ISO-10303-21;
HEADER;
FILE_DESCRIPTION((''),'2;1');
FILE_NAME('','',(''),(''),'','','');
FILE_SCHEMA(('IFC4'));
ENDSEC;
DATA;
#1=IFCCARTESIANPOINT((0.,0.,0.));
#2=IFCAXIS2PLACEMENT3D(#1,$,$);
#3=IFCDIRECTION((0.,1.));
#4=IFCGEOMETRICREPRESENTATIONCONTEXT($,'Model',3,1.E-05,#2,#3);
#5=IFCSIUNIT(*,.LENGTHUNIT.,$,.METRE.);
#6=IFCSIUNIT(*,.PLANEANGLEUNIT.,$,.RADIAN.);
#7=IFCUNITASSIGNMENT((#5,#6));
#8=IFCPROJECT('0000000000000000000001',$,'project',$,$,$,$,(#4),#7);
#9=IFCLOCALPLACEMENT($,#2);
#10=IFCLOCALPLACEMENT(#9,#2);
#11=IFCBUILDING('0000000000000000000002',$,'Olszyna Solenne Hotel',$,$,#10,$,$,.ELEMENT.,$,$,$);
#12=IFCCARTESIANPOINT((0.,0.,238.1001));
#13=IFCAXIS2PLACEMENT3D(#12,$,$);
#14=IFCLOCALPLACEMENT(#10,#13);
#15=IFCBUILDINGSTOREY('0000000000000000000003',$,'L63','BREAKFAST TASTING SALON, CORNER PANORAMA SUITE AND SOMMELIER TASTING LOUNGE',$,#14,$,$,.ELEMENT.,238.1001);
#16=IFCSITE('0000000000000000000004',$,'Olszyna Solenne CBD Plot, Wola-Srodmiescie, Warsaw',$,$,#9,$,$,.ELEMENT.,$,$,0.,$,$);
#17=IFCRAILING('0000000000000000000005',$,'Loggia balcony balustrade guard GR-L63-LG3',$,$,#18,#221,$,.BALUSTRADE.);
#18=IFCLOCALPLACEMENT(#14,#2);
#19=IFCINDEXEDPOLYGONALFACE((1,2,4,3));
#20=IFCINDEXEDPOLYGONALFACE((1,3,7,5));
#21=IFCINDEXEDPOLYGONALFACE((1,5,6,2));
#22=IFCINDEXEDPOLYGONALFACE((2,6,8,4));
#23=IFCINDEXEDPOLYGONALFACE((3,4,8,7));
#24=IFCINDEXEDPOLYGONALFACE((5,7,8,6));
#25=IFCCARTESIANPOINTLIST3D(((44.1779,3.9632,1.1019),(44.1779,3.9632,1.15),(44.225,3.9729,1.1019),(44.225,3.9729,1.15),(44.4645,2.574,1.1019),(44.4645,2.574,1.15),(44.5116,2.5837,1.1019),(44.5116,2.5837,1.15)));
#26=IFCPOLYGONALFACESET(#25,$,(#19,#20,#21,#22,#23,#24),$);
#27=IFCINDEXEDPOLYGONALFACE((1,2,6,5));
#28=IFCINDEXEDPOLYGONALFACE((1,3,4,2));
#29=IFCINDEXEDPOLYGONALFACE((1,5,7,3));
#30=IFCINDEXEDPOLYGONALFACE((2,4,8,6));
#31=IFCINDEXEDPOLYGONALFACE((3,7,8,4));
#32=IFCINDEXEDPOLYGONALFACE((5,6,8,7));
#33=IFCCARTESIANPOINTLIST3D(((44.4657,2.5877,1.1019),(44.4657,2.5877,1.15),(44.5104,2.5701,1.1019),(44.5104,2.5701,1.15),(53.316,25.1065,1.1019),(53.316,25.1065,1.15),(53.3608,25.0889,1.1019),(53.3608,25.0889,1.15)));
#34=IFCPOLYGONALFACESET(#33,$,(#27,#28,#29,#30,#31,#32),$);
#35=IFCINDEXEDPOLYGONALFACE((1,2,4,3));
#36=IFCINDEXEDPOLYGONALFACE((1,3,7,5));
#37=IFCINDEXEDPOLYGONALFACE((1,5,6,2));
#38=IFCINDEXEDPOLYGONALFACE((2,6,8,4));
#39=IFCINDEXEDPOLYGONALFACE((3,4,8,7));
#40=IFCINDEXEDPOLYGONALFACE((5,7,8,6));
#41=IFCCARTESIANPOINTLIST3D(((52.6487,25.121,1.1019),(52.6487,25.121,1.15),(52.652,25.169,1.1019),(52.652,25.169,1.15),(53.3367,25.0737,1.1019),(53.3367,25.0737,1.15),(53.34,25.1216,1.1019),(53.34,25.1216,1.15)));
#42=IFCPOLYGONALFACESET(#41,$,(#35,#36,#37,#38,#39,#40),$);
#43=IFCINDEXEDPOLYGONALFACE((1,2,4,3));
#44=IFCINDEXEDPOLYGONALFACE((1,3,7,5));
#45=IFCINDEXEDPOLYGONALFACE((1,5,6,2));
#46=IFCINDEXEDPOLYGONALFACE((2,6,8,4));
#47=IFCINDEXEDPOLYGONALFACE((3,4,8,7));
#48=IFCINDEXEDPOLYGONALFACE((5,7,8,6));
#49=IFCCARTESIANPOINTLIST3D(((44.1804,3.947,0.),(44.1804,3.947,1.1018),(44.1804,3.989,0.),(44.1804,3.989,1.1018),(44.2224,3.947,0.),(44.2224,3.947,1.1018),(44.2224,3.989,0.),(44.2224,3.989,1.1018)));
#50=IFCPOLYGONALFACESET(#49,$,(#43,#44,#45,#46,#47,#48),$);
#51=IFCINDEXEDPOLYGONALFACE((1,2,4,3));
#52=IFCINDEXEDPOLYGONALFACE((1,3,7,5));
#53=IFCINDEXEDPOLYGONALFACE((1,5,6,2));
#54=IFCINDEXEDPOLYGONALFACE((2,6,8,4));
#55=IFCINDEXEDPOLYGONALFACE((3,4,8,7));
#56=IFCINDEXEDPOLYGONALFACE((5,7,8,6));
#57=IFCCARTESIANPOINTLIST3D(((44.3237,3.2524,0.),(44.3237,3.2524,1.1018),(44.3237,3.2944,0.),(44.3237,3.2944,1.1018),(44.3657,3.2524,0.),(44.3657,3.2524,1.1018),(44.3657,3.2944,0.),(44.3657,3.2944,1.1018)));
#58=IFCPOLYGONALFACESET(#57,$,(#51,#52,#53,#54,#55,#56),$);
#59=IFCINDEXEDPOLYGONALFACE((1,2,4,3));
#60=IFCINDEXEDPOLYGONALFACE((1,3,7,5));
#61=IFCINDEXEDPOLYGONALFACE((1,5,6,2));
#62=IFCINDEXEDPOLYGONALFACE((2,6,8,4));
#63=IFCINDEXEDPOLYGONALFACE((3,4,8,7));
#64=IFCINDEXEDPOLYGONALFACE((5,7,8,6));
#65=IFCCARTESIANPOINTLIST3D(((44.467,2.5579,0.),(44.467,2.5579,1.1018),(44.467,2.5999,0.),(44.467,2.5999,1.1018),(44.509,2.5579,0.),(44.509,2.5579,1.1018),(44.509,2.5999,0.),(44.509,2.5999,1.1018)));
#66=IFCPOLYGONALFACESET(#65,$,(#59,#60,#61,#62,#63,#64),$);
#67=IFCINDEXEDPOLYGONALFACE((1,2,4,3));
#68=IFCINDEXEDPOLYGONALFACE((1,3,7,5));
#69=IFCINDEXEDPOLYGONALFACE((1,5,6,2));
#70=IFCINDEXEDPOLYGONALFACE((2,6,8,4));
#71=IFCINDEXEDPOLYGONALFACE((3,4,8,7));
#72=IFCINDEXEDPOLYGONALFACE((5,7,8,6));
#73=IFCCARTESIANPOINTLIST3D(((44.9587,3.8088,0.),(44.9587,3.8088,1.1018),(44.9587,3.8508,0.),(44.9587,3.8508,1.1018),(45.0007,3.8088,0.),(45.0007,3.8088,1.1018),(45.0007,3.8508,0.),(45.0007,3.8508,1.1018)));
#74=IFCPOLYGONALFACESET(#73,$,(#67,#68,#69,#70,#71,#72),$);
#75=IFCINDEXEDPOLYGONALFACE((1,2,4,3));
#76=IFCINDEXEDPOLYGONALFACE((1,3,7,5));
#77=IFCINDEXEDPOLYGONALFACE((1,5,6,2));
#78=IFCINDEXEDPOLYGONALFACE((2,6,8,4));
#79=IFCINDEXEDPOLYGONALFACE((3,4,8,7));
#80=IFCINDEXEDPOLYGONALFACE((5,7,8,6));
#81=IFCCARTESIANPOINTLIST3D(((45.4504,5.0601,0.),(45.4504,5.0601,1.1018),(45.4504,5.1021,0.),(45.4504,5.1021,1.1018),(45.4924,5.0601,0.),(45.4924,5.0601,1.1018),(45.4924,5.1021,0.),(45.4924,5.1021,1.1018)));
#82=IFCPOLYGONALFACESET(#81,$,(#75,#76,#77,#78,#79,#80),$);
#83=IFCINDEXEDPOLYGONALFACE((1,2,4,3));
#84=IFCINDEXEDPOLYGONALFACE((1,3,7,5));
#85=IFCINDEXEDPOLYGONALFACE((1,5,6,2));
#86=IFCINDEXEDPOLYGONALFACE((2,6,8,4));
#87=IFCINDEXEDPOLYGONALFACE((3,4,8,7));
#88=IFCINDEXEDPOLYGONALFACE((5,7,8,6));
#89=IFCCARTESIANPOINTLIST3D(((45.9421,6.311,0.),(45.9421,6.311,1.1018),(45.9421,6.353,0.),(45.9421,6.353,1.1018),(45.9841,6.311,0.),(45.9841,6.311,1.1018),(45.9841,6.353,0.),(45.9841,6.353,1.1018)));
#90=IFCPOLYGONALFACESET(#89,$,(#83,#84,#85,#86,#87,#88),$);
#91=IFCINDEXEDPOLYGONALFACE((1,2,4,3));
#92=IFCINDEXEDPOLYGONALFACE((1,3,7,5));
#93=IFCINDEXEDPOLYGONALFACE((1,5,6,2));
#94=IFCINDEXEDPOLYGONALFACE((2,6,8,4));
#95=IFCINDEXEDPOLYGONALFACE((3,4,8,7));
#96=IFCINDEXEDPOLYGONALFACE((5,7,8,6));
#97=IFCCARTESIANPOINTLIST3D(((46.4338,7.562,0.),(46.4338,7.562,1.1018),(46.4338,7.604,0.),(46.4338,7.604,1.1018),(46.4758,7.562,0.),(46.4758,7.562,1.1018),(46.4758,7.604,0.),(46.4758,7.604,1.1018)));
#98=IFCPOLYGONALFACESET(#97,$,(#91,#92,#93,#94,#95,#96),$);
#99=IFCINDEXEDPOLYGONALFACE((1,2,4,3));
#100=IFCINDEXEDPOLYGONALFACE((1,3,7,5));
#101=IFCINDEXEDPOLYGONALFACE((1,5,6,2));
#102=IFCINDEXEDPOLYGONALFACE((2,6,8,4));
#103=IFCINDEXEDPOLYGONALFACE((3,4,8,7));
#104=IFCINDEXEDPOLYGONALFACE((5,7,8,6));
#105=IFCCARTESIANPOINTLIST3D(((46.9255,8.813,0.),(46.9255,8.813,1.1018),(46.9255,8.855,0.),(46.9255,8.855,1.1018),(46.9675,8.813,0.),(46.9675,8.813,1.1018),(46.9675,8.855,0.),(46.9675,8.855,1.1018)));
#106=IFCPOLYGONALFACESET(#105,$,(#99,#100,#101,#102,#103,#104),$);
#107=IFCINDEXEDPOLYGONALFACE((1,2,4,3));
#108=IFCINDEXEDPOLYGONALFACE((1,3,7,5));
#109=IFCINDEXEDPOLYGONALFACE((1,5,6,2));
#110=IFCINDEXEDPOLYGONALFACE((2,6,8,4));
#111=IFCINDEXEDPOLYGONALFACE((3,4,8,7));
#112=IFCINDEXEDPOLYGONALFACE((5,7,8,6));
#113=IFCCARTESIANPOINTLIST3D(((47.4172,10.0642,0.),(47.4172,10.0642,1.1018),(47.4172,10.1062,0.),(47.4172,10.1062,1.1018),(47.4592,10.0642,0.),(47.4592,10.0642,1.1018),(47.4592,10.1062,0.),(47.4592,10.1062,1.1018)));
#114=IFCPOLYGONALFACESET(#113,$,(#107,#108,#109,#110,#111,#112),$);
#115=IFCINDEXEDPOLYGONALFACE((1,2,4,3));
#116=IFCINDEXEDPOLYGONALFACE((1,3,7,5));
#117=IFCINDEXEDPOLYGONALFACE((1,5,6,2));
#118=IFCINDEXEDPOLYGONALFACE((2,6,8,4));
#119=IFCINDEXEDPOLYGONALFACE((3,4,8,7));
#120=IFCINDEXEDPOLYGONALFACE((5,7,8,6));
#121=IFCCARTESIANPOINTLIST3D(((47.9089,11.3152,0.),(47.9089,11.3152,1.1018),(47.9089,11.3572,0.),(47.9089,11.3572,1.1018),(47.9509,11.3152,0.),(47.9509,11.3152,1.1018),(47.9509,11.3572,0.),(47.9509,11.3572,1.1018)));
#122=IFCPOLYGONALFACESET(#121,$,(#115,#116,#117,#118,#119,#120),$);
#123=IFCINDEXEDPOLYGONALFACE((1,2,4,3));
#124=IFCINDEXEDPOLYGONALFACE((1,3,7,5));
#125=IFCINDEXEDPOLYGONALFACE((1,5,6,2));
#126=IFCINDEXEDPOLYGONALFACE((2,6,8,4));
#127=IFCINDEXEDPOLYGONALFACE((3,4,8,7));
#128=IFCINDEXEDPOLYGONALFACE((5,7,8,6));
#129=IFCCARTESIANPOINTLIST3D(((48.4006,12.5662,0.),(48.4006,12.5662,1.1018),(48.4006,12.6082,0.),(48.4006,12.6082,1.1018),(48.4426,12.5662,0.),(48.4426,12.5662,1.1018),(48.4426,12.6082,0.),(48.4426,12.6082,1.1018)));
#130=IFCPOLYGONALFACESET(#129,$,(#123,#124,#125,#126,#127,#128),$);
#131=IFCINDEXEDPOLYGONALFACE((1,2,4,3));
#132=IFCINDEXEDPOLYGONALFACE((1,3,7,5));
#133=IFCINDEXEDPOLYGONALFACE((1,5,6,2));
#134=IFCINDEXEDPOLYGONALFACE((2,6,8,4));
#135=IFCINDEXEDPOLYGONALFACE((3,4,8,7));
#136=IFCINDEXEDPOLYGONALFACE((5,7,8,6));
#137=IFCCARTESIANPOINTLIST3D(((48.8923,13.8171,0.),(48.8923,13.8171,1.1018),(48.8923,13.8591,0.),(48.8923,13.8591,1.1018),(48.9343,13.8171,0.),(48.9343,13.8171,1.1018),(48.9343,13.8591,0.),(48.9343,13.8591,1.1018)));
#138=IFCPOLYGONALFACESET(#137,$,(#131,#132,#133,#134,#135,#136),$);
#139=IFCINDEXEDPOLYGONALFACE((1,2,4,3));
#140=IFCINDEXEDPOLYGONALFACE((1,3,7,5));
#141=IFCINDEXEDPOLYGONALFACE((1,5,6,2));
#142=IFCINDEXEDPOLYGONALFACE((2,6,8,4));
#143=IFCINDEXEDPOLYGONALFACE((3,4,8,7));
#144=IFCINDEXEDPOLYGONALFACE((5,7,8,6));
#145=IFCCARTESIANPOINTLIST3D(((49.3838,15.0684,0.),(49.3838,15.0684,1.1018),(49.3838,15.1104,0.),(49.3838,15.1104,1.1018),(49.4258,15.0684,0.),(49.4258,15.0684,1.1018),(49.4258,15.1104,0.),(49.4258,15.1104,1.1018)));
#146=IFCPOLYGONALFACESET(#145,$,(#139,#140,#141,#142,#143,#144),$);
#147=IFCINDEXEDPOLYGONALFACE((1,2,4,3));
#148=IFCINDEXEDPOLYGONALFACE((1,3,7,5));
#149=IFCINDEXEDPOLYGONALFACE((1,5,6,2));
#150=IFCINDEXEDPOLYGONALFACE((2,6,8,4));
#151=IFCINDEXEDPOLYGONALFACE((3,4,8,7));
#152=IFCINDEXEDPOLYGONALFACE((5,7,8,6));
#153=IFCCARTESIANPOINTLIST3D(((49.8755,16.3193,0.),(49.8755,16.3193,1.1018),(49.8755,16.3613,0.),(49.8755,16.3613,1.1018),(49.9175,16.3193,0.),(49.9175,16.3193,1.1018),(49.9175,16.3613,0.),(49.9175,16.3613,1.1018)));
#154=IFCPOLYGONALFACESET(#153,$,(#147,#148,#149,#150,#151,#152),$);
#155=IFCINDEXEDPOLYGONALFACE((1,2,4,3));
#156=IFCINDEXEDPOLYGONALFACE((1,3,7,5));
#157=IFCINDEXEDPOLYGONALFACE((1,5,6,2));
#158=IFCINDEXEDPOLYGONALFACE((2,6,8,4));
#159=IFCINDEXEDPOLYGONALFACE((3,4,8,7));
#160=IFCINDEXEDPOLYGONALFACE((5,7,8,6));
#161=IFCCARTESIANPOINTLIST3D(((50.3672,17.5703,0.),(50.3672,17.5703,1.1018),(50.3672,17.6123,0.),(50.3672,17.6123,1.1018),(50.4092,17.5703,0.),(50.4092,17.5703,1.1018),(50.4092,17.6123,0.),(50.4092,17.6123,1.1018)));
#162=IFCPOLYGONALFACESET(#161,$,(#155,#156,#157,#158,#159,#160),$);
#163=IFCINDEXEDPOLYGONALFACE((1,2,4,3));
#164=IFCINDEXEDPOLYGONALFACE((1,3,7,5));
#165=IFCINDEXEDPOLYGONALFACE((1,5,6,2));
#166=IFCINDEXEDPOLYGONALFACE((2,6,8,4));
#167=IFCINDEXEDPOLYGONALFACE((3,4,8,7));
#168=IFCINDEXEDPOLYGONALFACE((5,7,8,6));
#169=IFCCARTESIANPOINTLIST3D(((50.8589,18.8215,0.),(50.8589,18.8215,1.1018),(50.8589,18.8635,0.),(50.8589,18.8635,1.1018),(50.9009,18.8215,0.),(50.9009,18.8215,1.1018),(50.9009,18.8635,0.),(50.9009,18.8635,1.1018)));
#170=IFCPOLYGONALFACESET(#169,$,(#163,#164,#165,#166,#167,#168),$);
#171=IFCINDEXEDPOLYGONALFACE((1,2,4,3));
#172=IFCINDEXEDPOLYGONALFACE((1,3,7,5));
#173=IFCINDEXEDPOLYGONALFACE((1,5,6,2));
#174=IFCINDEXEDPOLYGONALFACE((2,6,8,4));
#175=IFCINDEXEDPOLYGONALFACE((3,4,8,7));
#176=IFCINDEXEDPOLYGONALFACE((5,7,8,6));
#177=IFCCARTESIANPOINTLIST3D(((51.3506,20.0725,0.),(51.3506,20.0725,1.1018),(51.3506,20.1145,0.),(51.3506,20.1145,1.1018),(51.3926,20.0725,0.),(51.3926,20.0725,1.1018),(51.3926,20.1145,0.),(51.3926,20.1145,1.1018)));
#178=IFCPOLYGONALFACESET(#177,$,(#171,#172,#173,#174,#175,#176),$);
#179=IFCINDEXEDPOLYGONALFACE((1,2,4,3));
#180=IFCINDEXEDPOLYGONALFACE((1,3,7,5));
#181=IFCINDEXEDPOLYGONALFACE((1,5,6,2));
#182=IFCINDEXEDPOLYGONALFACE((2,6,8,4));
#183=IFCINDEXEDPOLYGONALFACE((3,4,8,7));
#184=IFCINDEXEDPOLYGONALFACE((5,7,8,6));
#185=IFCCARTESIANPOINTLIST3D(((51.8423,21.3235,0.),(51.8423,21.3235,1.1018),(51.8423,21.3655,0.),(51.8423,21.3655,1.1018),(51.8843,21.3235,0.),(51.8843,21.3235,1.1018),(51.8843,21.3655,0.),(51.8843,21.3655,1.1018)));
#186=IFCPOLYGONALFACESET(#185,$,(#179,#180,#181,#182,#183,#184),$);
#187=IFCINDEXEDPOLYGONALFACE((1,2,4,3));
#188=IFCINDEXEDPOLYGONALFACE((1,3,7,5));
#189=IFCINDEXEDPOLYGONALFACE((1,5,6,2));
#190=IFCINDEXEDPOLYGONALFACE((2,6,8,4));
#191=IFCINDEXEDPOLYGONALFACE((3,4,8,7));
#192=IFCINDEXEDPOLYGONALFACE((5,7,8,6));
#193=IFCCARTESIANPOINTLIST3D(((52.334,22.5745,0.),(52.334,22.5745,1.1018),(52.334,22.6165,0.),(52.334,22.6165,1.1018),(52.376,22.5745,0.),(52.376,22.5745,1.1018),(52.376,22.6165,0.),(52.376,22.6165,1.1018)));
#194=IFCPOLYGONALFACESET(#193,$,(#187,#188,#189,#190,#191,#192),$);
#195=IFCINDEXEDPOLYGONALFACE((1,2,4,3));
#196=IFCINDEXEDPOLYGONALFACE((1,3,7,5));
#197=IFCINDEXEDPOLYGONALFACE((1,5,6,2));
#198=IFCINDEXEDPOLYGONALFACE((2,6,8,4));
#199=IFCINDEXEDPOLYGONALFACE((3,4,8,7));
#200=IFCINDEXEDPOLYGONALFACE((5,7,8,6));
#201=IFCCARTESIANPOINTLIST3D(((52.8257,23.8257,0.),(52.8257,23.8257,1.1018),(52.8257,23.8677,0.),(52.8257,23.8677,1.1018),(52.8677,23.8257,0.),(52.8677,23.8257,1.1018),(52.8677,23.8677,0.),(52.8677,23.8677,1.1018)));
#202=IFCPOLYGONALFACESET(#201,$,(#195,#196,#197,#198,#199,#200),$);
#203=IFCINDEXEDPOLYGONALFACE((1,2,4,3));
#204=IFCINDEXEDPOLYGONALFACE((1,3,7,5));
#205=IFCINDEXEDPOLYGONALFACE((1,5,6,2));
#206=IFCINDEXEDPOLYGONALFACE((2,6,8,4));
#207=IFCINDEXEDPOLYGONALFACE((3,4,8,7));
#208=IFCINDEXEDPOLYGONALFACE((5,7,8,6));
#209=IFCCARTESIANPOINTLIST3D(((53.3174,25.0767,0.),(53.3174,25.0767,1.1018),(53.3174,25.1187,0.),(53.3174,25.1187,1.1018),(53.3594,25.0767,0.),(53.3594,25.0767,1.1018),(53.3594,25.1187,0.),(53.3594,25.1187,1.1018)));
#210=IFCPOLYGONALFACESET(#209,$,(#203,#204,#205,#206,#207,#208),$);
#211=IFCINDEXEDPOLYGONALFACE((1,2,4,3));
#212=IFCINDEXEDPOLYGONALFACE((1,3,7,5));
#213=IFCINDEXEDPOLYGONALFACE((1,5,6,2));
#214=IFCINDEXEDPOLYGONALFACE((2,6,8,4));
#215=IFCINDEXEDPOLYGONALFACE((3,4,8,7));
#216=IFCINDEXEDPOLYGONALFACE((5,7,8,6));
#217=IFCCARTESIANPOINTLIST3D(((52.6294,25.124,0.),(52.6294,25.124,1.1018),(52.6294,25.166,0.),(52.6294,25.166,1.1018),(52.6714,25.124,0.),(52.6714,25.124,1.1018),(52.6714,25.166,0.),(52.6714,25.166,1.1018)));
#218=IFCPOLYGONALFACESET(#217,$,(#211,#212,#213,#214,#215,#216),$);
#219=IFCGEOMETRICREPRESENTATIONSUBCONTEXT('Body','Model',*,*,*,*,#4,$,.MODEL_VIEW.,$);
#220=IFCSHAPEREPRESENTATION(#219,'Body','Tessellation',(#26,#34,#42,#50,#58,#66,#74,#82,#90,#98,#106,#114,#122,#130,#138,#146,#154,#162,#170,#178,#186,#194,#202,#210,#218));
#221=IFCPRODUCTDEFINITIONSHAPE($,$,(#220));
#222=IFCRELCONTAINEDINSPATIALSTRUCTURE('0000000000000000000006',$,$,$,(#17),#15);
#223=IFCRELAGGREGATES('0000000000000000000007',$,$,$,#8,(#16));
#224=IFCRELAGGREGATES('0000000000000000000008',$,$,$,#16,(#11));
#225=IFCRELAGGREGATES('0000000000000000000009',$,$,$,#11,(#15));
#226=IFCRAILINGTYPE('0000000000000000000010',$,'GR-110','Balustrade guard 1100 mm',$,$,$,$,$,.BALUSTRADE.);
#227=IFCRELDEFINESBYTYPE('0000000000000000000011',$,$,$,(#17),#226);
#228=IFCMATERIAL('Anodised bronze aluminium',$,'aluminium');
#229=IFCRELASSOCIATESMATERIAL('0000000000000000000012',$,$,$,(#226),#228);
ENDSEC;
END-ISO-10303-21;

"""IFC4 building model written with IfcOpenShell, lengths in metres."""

from ifc_helpers import new_model, si_unit, direction, frame, origin, origin_2d, place, context, subcontext, project, spatial, rectangle, extrude, material, type_object, element, save


model = new_model("IFC4")

# Units and contexts
model_context = context("Model", 3, precision=1e-05, world=origin(), true_north=direction((0.0, 1.0)))
body_context = subcontext(model_context, "Body", "Model", "MODEL_VIEW")
ifc_project = project(units=[si_unit("LENGTHUNIT", "METRE"), si_unit("PLANEANGLEUNIT", "RADIAN")], contexts=[model_context])

# Site, building, storey
site_placement = place(None, origin())
site = spatial("IfcSite", under=ifc_project, at=site_placement, Name="Olszyna Solenne CBD Plot, Wola-Srodmiescie, Warsaw", CompositionType="ELEMENT", RefElevation=0.0)
building_placement = place(site_placement, origin())
building = spatial("IfcBuilding", under=site, at=building_placement, Name="Olszyna Solenne Hotel", CompositionType="ELEMENT")
storey_placement = place(building_placement, frame((0.0, 0.0, 238.1001)))
storey = spatial("IfcBuildingStorey", under=building, at=storey_placement, Name="L63", Description="BREAKFAST TASTING SALON, CORNER PANORAMA SUITE AND SOMMELIER TASTING LOUNGE", CompositionType="ELEMENT", Elevation=238.1001)

# Shared definitions
ifc_material_1 = material(Name="Anodised bronze aluminium", Category="aluminium")

# Railing
railing_type = type_object("IfcRailingType", Name="GR-110", Description="Balustrade guard 1100 mm", PredefinedType="BALUSTRADE", material=ifc_material_1)
railing_placement = place(storey_placement, frame((44.2014, 3.968, 0.0)))
element("IfcRailing", 1, at=railing_placement, inside=storey, type_object=railing_type, Name="Loggia balcony balustrade guard GR-L63-LG3", PredefinedType="BALUSTRADE", context=body_context, shape_type="SweptSolid", body=[
    extrude(rectangle(XDim=0.0481, YDim=0.0481, at=origin_2d()), frame((0.0, 0.0, 1.126), z_axis=(0.202071, -0.979371, 0.0), x_axis=(0.979371, 0.202071, 0.0)), (0.0, 0.0, 1.0), 1.4185),
    extrude(rectangle(XDim=0.0481, YDim=0.0481, at=origin_2d()), frame((0.2866, -1.3892, 1.126), z_axis=(0.365784, 0.9307, 0.0), x_axis=(-0.9307, 0.365784, 0.0)), (0.0, 0.0, 1.0), 24.1956),
    extrude(rectangle(XDim=0.0481, YDim=0.0481, at=origin_2d()), frame((9.137, 21.1296, 1.126), z_axis=(-0.997639, 0.068681, 0.0), x_axis=(-0.068681, -0.997639, 0.0)), (0.0, 0.0, 1.0), 0.6897),
    extrude(rectangle(XDim=0.042, YDim=0.042, at=origin_2d()), origin(), (0.0, 0.0, 1.0), 1.1018),
    extrude(rectangle(XDim=0.042, YDim=0.042, at=origin_2d()), frame((0.1433, -0.6946, 0.0)), (0.0, 0.0, 1.0), 1.1018),
    extrude(rectangle(XDim=0.042, YDim=0.042, at=origin_2d()), frame((0.2866, -1.3892, 0.0)), (0.0, 0.0, 1.0), 1.1018),
    extrude(rectangle(XDim=0.042, YDim=0.042, at=origin_2d()), frame((0.7783, -0.1382, 0.0)), (0.0, 0.0, 1.0), 1.1018),
    extrude(rectangle(XDim=0.042, YDim=0.042, at=origin_2d()), frame((1.27, 1.113, 0.0)), (0.0, 0.0, 1.0), 1.1018),
    extrude(rectangle(XDim=0.042, YDim=0.042, at=origin_2d()), frame((1.7617, 2.364, 0.0)), (0.0, 0.0, 1.0), 1.1018),
    extrude(rectangle(XDim=0.042, YDim=0.042, at=origin_2d()), frame((2.2534, 3.615, 0.0)), (0.0, 0.0, 1.0), 1.1018),
    extrude(rectangle(XDim=0.042, YDim=0.042, at=origin_2d()), frame((2.7451, 4.866, 0.0)), (0.0, 0.0, 1.0), 1.1018),
    extrude(rectangle(XDim=0.042, YDim=0.042, at=origin_2d()), frame((3.2368, 6.1172, 0.0)), (0.0, 0.0, 1.0), 1.1018),
    extrude(rectangle(XDim=0.042, YDim=0.042, at=origin_2d()), frame((3.7285, 7.3682, 0.0)), (0.0, 0.0, 1.0), 1.1018),
    extrude(rectangle(XDim=0.042, YDim=0.042, at=origin_2d()), frame((4.2202, 8.6191, 0.0)), (0.0, 0.0, 1.0), 1.1018),
    extrude(rectangle(XDim=0.042, YDim=0.042, at=origin_2d()), frame((4.7119, 9.8701, 0.0)), (0.0, 0.0, 1.0), 1.1018),
    extrude(rectangle(XDim=0.042, YDim=0.042, at=origin_2d()), frame((5.2034, 11.1213, 0.0)), (0.0, 0.0, 1.0), 1.1018),
    extrude(rectangle(XDim=0.042, YDim=0.042, at=origin_2d()), frame((5.6951, 12.3723, 0.0)), (0.0, 0.0, 1.0), 1.1018),
    extrude(rectangle(XDim=0.042, YDim=0.042, at=origin_2d()), frame((6.1868, 13.6233, 0.0)), (0.0, 0.0, 1.0), 1.1018),
    extrude(rectangle(XDim=0.042, YDim=0.042, at=origin_2d()), frame((6.6785, 14.8745, 0.0)), (0.0, 0.0, 1.0), 1.1018),
    extrude(rectangle(XDim=0.042, YDim=0.042, at=origin_2d()), frame((7.1702, 16.1255, 0.0)), (0.0, 0.0, 1.0), 1.1018),
    extrude(rectangle(XDim=0.042, YDim=0.042, at=origin_2d()), frame((7.6619, 17.3765, 0.0)), (0.0, 0.0, 1.0), 1.1018),
    extrude(rectangle(XDim=0.042, YDim=0.042, at=origin_2d()), frame((8.1536, 18.6274, 0.0)), (0.0, 0.0, 1.0), 1.1018),
    extrude(rectangle(XDim=0.042, YDim=0.042, at=origin_2d()), frame((8.6453, 19.8787, 0.0)), (0.0, 0.0, 1.0), 1.1018),
    extrude(rectangle(XDim=0.042, YDim=0.042, at=origin_2d()), frame((9.137, 21.1296, 0.0)), (0.0, 0.0, 1.0), 1.1018),
    extrude(rectangle(XDim=0.042, YDim=0.042, at=origin_2d()), frame((8.449, 21.177, 0.0)), (0.0, 0.0, 1.0), 1.1018),
])

save(model, "model.ifc")
